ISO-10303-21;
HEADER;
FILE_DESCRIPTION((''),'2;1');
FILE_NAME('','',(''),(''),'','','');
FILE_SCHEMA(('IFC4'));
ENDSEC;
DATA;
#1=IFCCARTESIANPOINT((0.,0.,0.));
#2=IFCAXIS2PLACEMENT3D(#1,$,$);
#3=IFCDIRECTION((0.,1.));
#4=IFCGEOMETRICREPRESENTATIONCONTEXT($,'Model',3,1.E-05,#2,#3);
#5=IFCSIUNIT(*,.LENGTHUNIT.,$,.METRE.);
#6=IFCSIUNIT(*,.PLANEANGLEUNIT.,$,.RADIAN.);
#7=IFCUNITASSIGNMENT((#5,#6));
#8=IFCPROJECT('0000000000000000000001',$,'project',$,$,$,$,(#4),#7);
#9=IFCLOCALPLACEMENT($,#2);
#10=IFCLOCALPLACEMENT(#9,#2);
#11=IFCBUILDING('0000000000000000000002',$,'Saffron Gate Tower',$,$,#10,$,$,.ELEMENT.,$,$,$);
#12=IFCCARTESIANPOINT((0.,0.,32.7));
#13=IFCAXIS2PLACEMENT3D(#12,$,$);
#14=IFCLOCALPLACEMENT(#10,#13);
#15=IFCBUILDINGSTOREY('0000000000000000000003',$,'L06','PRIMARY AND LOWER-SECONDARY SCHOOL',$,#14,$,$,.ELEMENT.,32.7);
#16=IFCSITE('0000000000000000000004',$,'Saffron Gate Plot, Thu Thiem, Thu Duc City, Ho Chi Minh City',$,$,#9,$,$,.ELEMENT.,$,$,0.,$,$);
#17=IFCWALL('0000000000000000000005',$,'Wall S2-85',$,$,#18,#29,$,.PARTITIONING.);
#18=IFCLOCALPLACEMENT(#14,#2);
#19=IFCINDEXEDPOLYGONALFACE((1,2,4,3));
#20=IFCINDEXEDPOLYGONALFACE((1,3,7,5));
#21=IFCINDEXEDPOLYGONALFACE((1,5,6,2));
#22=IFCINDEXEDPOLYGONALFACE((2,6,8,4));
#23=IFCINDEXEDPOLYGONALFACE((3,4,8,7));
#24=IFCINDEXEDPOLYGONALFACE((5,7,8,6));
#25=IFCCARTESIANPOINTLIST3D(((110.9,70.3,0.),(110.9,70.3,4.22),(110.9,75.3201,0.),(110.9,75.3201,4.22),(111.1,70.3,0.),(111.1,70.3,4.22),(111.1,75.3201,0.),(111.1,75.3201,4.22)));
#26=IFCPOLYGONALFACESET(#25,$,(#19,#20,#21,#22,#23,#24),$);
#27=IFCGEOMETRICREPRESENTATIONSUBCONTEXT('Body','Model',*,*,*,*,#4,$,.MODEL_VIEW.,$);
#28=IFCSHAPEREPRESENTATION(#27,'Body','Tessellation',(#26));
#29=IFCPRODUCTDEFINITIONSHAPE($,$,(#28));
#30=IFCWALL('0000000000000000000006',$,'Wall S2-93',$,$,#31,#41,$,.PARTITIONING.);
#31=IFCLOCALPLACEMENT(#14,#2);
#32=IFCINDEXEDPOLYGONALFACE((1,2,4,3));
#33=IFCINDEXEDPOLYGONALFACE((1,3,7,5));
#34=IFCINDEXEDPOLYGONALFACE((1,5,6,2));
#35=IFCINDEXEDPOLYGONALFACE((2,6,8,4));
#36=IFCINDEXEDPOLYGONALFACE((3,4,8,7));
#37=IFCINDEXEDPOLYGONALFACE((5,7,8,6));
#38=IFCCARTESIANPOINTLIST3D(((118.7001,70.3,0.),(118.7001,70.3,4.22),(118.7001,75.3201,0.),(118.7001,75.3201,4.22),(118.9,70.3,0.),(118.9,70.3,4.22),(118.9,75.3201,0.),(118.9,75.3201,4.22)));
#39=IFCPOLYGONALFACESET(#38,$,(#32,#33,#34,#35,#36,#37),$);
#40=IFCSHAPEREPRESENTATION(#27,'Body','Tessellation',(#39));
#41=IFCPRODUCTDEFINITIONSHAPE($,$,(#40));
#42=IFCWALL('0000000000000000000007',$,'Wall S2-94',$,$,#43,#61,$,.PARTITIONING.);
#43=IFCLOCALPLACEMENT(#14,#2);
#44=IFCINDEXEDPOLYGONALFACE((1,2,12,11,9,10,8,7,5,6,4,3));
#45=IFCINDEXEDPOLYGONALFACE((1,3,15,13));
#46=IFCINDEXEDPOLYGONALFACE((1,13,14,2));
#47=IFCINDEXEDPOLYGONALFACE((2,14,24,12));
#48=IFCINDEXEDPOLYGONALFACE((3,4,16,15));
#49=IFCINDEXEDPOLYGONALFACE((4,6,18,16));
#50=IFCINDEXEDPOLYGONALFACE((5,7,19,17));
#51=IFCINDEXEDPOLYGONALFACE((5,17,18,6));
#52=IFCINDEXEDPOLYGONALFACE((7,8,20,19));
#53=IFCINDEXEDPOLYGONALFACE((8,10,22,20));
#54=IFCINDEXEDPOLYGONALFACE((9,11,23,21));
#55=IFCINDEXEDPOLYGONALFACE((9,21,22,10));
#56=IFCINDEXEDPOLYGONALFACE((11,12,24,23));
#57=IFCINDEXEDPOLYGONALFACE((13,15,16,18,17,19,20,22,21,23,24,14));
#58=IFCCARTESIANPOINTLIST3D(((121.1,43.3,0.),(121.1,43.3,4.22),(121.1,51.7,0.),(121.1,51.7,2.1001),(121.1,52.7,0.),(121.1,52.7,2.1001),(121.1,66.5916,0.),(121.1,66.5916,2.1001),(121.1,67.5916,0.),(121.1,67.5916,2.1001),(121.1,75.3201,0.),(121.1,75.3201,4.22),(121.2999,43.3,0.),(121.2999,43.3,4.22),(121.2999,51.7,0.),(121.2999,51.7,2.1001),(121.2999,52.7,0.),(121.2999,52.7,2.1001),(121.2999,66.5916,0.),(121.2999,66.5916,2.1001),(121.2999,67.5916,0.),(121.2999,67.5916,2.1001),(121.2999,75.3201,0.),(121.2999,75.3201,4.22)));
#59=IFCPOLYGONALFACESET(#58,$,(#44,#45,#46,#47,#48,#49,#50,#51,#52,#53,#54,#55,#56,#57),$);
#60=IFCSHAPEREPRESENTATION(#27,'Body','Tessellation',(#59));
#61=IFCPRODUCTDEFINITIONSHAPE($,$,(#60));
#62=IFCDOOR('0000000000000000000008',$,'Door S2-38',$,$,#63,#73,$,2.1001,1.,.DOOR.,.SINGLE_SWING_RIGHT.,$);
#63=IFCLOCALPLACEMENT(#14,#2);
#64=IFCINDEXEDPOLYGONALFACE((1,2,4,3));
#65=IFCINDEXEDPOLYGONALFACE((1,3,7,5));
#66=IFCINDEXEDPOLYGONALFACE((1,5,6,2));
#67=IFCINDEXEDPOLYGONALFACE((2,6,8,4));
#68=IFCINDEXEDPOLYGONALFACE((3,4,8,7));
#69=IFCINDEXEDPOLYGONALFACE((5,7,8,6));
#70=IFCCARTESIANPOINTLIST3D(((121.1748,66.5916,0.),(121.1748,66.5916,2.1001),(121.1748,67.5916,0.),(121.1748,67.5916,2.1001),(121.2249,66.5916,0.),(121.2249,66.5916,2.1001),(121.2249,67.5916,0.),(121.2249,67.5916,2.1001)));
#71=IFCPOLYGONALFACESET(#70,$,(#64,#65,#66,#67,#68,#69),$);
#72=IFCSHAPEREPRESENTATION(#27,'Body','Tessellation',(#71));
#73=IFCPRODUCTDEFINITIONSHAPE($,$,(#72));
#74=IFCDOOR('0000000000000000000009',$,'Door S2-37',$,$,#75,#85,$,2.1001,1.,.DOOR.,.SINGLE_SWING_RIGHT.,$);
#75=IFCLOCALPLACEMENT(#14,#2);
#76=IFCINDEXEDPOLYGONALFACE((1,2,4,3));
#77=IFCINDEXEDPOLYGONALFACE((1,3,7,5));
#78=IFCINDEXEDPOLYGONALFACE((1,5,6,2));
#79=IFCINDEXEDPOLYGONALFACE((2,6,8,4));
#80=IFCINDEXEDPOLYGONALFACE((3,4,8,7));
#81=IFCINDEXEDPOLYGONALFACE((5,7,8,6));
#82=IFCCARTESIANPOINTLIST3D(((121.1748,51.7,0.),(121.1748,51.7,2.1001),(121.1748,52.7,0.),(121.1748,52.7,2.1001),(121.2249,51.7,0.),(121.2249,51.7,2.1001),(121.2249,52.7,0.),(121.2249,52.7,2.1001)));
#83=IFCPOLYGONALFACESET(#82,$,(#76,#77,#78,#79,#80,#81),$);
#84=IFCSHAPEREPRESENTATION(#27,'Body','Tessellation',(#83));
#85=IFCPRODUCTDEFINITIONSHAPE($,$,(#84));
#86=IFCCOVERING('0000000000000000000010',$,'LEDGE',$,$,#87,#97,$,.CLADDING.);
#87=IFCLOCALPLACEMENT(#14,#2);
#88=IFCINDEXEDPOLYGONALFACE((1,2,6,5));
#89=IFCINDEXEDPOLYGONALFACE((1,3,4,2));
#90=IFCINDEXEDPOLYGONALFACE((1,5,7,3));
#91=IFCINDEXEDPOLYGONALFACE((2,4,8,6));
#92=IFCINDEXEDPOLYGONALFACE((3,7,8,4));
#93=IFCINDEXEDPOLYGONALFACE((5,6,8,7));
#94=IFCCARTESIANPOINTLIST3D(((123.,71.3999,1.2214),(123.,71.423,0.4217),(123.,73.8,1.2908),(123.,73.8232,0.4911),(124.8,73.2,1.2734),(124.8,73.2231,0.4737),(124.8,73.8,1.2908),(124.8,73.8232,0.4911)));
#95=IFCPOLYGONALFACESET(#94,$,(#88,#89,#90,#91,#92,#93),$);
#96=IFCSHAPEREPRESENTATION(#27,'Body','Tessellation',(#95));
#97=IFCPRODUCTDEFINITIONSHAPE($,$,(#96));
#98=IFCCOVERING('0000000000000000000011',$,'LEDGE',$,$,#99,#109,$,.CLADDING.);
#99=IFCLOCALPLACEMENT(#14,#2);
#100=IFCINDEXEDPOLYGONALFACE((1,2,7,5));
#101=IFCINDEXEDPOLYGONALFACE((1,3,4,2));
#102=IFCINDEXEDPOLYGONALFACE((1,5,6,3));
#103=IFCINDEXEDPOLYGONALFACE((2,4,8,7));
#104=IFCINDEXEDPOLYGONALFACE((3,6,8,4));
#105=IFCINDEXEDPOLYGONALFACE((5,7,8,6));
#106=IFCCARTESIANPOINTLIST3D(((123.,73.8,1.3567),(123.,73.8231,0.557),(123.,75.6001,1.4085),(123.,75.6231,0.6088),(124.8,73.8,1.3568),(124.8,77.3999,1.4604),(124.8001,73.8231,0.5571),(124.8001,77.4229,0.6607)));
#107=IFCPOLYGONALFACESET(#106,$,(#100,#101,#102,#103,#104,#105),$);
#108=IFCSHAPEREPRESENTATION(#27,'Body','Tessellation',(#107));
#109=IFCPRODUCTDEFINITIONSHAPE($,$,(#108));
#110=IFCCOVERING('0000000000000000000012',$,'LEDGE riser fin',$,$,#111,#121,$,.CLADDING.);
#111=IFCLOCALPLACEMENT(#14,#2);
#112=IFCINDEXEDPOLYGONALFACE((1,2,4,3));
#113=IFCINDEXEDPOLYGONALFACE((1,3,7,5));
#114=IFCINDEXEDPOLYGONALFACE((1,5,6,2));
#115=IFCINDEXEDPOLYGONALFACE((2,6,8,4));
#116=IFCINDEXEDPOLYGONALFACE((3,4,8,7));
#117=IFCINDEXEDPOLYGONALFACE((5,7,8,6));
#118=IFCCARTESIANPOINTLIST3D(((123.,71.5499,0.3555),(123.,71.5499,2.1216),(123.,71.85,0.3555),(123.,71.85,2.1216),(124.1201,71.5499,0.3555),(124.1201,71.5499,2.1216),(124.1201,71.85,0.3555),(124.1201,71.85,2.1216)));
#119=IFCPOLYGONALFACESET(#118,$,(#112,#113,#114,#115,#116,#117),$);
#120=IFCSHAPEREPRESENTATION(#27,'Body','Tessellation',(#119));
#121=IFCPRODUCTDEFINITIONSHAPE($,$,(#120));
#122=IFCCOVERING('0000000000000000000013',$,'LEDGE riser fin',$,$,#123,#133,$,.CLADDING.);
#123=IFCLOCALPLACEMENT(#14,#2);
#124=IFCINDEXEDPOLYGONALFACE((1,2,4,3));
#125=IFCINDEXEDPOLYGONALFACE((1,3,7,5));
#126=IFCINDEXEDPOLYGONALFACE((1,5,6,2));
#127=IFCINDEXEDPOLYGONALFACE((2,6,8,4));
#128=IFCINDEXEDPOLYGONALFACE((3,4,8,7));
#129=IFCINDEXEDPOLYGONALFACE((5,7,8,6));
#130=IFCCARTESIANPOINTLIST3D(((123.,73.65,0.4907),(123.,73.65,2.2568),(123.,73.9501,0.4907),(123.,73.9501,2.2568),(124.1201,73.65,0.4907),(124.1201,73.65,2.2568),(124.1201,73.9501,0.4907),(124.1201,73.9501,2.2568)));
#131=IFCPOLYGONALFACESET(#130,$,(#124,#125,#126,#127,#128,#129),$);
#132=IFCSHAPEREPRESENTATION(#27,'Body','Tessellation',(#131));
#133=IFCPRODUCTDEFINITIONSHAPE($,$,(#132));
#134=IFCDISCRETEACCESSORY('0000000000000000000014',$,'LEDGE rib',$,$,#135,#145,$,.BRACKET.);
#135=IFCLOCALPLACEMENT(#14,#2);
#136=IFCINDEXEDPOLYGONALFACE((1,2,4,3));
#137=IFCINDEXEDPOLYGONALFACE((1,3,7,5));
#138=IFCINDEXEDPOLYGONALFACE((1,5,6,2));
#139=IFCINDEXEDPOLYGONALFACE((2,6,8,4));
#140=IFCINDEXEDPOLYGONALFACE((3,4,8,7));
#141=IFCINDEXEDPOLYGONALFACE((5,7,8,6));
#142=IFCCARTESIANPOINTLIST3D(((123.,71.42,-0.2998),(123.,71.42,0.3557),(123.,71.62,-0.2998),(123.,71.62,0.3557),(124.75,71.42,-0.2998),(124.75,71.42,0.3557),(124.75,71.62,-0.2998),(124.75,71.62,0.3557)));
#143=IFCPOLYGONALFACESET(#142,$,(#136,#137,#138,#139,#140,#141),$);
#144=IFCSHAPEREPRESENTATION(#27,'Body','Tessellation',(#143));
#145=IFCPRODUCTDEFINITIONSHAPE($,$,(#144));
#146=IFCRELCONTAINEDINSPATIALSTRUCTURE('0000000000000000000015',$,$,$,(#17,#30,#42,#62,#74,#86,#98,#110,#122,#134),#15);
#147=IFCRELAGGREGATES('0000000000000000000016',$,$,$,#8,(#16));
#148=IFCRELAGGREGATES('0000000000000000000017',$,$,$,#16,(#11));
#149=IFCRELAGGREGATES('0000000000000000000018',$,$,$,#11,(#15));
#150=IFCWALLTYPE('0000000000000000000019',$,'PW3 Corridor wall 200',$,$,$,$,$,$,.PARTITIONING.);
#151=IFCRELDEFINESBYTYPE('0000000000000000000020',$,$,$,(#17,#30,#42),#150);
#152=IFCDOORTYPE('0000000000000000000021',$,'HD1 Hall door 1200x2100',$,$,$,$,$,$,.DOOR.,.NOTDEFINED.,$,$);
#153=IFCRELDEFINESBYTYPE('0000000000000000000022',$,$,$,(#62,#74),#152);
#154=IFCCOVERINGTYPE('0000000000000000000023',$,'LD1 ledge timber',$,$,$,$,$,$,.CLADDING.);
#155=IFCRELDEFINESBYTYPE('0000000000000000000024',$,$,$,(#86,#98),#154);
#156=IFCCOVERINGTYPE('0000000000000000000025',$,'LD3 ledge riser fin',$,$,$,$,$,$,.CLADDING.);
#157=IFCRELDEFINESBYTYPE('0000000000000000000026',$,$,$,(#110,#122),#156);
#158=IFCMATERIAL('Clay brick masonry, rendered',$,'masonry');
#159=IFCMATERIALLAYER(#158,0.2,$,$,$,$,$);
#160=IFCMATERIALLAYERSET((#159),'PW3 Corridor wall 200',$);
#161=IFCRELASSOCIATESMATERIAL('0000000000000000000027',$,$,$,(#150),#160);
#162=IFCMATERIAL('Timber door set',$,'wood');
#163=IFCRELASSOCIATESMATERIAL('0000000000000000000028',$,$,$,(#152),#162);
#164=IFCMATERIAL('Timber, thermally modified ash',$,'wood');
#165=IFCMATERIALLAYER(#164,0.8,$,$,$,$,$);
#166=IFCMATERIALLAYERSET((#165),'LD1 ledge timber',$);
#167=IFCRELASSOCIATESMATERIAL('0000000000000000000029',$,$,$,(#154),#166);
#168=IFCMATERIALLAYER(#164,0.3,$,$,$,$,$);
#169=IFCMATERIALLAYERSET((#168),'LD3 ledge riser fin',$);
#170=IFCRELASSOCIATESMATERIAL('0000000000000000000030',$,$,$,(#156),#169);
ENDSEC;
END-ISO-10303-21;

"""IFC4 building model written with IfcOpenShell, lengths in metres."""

from ifc_helpers import new_model, si_unit, direction, frame, frame_2d, origin, origin_2d, place, context, subcontext, project, spatial, polyline, rectangle, outline, extrude, material, layer, layer_set, type_object, element, fill, save


model = new_model("IFC4")

# Units and contexts
model_context = context("Model", 3, precision=1e-05, world=origin(), true_north=direction((0.0, 1.0)))
body_context = subcontext(model_context, "Body", "Model", "MODEL_VIEW")
ifc_project = project(units=[si_unit("LENGTHUNIT", "METRE"), si_unit("PLANEANGLEUNIT", "RADIAN")], contexts=[model_context])

# Site, building, storey
site_placement = place(None, origin())
site = spatial("IfcSite", under=ifc_project, at=site_placement, Name="Saffron Gate Plot, Thu Thiem, Thu Duc City, Ho Chi Minh City", CompositionType="ELEMENT", RefElevation=0.0)
building_placement = place(site_placement, origin())
building = spatial("IfcBuilding", under=site, at=building_placement, Name="Saffron Gate Tower", CompositionType="ELEMENT")
storey_placement = place(building_placement, frame((0.0, 0.0, 32.7)))
storey = spatial("IfcBuildingStorey", under=building, at=storey_placement, Name="L06", Description="PRIMARY AND LOWER-SECONDARY SCHOOL", CompositionType="ELEMENT", Elevation=32.7)

# Shared definitions
ifc_material_1 = material(Name="Clay brick masonry, rendered", Category="masonry")
ifc_layer_1 = layer(ifc_material_1, 0.2)
ifc_layer_set_1 = layer_set([ifc_layer_1], Name="PW3 Corridor wall 200")
wall_type_1 = type_object("IfcWallType", Name="PW3 Corridor wall 200", PredefinedType="PARTITIONING", material=ifc_layer_set_1)

# Shared definitions
ifc_material_2 = material(Name="Timber door set", Category="wood")

# Walls
for number, where, z_axis, x_axis, name in (
    (1, (111.0, 75.3201, 0.0), (0.0, 0.0, 1.0), (0.0, -1.0, 0.0), "Wall S2-85"),
    (2, (118.8, 75.3201, 0.0), (0.0, 0.0, 1.0), (0.0, -1.0, 0.0), "Wall S2-93"),
):
    element("IfcWall", number, at=place(storey_placement, frame(where, z_axis=z_axis, x_axis=x_axis)), inside=storey, type_object=wall_type_1, Name=name, PredefinedType="PARTITIONING", context=body_context, shape_type="SweptSolid", body=[
        extrude(rectangle(XDim=5.02, YDim=0.2, at=frame_2d((2.51, 0.0))), origin(), (0.0, 0.0, 1.0), 4.22),
    ])

# Wall, openings, doors
wall_1_placement = place(storey_placement, frame((121.2, 75.3201, 0.0), z_axis=(0.0, 0.0, 1.0), x_axis=(0.0, -1.0, 0.0)))
wall_1 = element("IfcWall", 3, at=wall_1_placement, inside=storey, type_object=wall_type_1, Name="Wall S2-94", PredefinedType="PARTITIONING", context=body_context, shape_type="SweptSolid", body=[
    extrude(rectangle(XDim=32.02, YDim=0.2, at=frame_2d((16.01, 0.0))), origin(), (0.0, 0.0, 1.0), 4.22),
])
opening_1_placement = place(wall_1_placement, frame((7.7285, 0.0, 0.0)))
opening_1 = element("IfcOpeningElement", 4, at=opening_1_placement, cuts=wall_1, PredefinedType="OPENING", context=body_context, shape_type="SweptSolid", body=[
    extrude(rectangle(XDim=1.0, YDim=2.1001, at=frame_2d((0.5, 1.05))), frame((0.0, 0.1099, 0.0), z_axis=(0.0, -1.0, 0.0), x_axis=(1.0, 0.0, 0.0)), (0.0, 0.0, 1.0), 0.22),
])
opening_2_placement = place(wall_1_placement, frame((22.6201, 0.0, 0.0)))
opening_2 = element("IfcOpeningElement", 5, at=opening_2_placement, cuts=wall_1, PredefinedType="OPENING", context=body_context, shape_type="SweptSolid", body=[
    extrude(rectangle(XDim=1.0, YDim=2.1001, at=frame_2d((0.5, 1.05))), frame((0.0, 0.1099, 0.0), z_axis=(0.0, -1.0, 0.0), x_axis=(1.0, 0.0, 0.0)), (0.0, 0.0, 1.0), 0.22),
])
door_type_1 = type_object("IfcDoorType", Name="HD1 Hall door 1200x2100", OperationType="NOTDEFINED", PredefinedType="DOOR", material=ifc_material_2)
door_1_placement = place(opening_1_placement, origin())
door_1 = element("IfcDoor", 6, at=door_1_placement, inside=storey, type_object=door_type_1, Name="Door S2-38", OperationType="SINGLE_SWING_RIGHT", OverallHeight=2.1001, OverallWidth=1.0, PredefinedType="DOOR", context=body_context, shape_type="SweptSolid", body=[
    extrude(rectangle(XDim=1.0, YDim=2.1001, at=frame_2d((0.5, 1.05))), frame((0.0, 0.0249, 0.0), z_axis=(0.0, -1.0, 0.0), x_axis=(1.0, 0.0, 0.0)), (0.0, 0.0, 1.0), 0.05),
])
fill(opening_1, door_1)
door_2_placement = place(opening_2_placement, origin())
door_2 = element("IfcDoor", 7, at=door_2_placement, inside=storey, type_object=door_type_1, Name="Door S2-37", OperationType="SINGLE_SWING_RIGHT", OverallHeight=2.1001, OverallWidth=1.0, PredefinedType="DOOR", context=body_context, shape_type="SweptSolid", body=[
    extrude(rectangle(XDim=1.0, YDim=2.1001, at=frame_2d((0.5, 1.05))), frame((0.0, 0.0249, 0.0), z_axis=(0.0, -1.0, 0.0), x_axis=(1.0, 0.0, 0.0)), (0.0, 0.0, 1.0), 0.05),
])
fill(opening_2, door_2)

# Coverings
ifc_material_3 = material(Name="Timber, thermally modified ash", Category="wood")
ifc_layer_2 = layer(ifc_material_3, 0.8)
ifc_layer_set_2 = layer_set([ifc_layer_2], Name="LD1 ledge timber")
covering_type_1 = type_object("IfcCoveringType", Name="LD1 ledge timber", PredefinedType="CLADDING", material=ifc_layer_set_2)
covering_1_placement = place(storey_placement, frame((123.0, 71.3999, 1.2214), z_axis=(-0.000001, -0.028876, 0.999583), x_axis=(0.0, 0.999583, 0.028876)))
element("IfcCovering", 8, at=covering_1_placement, inside=storey, type_object=covering_type_1, Name="LEDGE", PredefinedType="CLADDING", context=body_context, shape_type="SweptSolid", body=[
    extrude(outline(polyline([(0.0, 0.0), (2.4011, 0.0), (2.4011, -1.8), (1.8008, -1.8), (0.0, 0.0)])), origin(), (0.0, 0.0, -1.0), 0.8),
])
covering_2_placement = place(storey_placement, frame((123.0, 73.8, 1.3567), z_axis=(-0.000046, -0.028788, 0.999586), x_axis=(0.0, 0.999586, 0.028788)))
element("IfcCovering", 9, at=covering_2_placement, inside=storey, type_object=covering_type_1, Name="LEDGE", PredefinedType="CLADDING", context=body_context, shape_type="SweptSolid", body=[
    extrude(outline(polyline([(0.0, 0.0), (1.8008, 0.0), (3.6013, -1.8), (0.0, -1.8), (0.0, 0.0)])), origin(), (0.0, 0.0, -1.0), 0.8),
])
ifc_layer_3 = layer(ifc_material_3, 0.3)
ifc_layer_set_3 = layer_set([ifc_layer_3], Name="LD3 ledge riser fin")
covering_type_2 = type_object("IfcCoveringType", Name="LD3 ledge riser fin", PredefinedType="CLADDING", material=ifc_layer_set_3)
for number, where, z_axis, x_axis, name in (
    (10, (123.5601, 71.7, 0.3555), (0.0, 0.0, 1.0), (0.0, 1.0, 0.0), "LEDGE riser fin"),
    (11, (123.5601, 73.8, 0.4907), (0.0, 0.0, 1.0), (0.0, 1.0, 0.0), "LEDGE riser fin"),
):
    element("IfcCovering", number, at=place(storey_placement, frame(where, z_axis=z_axis, x_axis=x_axis)), inside=storey, type_object=covering_type_2, Name=name, PredefinedType="CLADDING", context=body_context, shape_type="SweptSolid", body=[
        extrude(rectangle(XDim=0.3, YDim=1.1201, at=origin_2d()), origin(), (0.0, 0.0, 1.0), 1.7661),
    ])

# Discrete accessory
discrete_accessory_placement = place(storey_placement, frame((123.875, 71.52, -0.2998), z_axis=(0.0, 0.0, 1.0), x_axis=(0.0, 1.0, 0.0)))
element("IfcDiscreteAccessory", 12, at=discrete_accessory_placement, inside=storey, Name="LEDGE rib", PredefinedType="BRACKET", context=body_context, shape_type="SweptSolid", body=[
    extrude(rectangle(XDim=0.2, YDim=1.75, at=origin_2d()), origin(), (0.0, 0.0, 1.0), 0.6555),
])

save(model, "model.ifc")
